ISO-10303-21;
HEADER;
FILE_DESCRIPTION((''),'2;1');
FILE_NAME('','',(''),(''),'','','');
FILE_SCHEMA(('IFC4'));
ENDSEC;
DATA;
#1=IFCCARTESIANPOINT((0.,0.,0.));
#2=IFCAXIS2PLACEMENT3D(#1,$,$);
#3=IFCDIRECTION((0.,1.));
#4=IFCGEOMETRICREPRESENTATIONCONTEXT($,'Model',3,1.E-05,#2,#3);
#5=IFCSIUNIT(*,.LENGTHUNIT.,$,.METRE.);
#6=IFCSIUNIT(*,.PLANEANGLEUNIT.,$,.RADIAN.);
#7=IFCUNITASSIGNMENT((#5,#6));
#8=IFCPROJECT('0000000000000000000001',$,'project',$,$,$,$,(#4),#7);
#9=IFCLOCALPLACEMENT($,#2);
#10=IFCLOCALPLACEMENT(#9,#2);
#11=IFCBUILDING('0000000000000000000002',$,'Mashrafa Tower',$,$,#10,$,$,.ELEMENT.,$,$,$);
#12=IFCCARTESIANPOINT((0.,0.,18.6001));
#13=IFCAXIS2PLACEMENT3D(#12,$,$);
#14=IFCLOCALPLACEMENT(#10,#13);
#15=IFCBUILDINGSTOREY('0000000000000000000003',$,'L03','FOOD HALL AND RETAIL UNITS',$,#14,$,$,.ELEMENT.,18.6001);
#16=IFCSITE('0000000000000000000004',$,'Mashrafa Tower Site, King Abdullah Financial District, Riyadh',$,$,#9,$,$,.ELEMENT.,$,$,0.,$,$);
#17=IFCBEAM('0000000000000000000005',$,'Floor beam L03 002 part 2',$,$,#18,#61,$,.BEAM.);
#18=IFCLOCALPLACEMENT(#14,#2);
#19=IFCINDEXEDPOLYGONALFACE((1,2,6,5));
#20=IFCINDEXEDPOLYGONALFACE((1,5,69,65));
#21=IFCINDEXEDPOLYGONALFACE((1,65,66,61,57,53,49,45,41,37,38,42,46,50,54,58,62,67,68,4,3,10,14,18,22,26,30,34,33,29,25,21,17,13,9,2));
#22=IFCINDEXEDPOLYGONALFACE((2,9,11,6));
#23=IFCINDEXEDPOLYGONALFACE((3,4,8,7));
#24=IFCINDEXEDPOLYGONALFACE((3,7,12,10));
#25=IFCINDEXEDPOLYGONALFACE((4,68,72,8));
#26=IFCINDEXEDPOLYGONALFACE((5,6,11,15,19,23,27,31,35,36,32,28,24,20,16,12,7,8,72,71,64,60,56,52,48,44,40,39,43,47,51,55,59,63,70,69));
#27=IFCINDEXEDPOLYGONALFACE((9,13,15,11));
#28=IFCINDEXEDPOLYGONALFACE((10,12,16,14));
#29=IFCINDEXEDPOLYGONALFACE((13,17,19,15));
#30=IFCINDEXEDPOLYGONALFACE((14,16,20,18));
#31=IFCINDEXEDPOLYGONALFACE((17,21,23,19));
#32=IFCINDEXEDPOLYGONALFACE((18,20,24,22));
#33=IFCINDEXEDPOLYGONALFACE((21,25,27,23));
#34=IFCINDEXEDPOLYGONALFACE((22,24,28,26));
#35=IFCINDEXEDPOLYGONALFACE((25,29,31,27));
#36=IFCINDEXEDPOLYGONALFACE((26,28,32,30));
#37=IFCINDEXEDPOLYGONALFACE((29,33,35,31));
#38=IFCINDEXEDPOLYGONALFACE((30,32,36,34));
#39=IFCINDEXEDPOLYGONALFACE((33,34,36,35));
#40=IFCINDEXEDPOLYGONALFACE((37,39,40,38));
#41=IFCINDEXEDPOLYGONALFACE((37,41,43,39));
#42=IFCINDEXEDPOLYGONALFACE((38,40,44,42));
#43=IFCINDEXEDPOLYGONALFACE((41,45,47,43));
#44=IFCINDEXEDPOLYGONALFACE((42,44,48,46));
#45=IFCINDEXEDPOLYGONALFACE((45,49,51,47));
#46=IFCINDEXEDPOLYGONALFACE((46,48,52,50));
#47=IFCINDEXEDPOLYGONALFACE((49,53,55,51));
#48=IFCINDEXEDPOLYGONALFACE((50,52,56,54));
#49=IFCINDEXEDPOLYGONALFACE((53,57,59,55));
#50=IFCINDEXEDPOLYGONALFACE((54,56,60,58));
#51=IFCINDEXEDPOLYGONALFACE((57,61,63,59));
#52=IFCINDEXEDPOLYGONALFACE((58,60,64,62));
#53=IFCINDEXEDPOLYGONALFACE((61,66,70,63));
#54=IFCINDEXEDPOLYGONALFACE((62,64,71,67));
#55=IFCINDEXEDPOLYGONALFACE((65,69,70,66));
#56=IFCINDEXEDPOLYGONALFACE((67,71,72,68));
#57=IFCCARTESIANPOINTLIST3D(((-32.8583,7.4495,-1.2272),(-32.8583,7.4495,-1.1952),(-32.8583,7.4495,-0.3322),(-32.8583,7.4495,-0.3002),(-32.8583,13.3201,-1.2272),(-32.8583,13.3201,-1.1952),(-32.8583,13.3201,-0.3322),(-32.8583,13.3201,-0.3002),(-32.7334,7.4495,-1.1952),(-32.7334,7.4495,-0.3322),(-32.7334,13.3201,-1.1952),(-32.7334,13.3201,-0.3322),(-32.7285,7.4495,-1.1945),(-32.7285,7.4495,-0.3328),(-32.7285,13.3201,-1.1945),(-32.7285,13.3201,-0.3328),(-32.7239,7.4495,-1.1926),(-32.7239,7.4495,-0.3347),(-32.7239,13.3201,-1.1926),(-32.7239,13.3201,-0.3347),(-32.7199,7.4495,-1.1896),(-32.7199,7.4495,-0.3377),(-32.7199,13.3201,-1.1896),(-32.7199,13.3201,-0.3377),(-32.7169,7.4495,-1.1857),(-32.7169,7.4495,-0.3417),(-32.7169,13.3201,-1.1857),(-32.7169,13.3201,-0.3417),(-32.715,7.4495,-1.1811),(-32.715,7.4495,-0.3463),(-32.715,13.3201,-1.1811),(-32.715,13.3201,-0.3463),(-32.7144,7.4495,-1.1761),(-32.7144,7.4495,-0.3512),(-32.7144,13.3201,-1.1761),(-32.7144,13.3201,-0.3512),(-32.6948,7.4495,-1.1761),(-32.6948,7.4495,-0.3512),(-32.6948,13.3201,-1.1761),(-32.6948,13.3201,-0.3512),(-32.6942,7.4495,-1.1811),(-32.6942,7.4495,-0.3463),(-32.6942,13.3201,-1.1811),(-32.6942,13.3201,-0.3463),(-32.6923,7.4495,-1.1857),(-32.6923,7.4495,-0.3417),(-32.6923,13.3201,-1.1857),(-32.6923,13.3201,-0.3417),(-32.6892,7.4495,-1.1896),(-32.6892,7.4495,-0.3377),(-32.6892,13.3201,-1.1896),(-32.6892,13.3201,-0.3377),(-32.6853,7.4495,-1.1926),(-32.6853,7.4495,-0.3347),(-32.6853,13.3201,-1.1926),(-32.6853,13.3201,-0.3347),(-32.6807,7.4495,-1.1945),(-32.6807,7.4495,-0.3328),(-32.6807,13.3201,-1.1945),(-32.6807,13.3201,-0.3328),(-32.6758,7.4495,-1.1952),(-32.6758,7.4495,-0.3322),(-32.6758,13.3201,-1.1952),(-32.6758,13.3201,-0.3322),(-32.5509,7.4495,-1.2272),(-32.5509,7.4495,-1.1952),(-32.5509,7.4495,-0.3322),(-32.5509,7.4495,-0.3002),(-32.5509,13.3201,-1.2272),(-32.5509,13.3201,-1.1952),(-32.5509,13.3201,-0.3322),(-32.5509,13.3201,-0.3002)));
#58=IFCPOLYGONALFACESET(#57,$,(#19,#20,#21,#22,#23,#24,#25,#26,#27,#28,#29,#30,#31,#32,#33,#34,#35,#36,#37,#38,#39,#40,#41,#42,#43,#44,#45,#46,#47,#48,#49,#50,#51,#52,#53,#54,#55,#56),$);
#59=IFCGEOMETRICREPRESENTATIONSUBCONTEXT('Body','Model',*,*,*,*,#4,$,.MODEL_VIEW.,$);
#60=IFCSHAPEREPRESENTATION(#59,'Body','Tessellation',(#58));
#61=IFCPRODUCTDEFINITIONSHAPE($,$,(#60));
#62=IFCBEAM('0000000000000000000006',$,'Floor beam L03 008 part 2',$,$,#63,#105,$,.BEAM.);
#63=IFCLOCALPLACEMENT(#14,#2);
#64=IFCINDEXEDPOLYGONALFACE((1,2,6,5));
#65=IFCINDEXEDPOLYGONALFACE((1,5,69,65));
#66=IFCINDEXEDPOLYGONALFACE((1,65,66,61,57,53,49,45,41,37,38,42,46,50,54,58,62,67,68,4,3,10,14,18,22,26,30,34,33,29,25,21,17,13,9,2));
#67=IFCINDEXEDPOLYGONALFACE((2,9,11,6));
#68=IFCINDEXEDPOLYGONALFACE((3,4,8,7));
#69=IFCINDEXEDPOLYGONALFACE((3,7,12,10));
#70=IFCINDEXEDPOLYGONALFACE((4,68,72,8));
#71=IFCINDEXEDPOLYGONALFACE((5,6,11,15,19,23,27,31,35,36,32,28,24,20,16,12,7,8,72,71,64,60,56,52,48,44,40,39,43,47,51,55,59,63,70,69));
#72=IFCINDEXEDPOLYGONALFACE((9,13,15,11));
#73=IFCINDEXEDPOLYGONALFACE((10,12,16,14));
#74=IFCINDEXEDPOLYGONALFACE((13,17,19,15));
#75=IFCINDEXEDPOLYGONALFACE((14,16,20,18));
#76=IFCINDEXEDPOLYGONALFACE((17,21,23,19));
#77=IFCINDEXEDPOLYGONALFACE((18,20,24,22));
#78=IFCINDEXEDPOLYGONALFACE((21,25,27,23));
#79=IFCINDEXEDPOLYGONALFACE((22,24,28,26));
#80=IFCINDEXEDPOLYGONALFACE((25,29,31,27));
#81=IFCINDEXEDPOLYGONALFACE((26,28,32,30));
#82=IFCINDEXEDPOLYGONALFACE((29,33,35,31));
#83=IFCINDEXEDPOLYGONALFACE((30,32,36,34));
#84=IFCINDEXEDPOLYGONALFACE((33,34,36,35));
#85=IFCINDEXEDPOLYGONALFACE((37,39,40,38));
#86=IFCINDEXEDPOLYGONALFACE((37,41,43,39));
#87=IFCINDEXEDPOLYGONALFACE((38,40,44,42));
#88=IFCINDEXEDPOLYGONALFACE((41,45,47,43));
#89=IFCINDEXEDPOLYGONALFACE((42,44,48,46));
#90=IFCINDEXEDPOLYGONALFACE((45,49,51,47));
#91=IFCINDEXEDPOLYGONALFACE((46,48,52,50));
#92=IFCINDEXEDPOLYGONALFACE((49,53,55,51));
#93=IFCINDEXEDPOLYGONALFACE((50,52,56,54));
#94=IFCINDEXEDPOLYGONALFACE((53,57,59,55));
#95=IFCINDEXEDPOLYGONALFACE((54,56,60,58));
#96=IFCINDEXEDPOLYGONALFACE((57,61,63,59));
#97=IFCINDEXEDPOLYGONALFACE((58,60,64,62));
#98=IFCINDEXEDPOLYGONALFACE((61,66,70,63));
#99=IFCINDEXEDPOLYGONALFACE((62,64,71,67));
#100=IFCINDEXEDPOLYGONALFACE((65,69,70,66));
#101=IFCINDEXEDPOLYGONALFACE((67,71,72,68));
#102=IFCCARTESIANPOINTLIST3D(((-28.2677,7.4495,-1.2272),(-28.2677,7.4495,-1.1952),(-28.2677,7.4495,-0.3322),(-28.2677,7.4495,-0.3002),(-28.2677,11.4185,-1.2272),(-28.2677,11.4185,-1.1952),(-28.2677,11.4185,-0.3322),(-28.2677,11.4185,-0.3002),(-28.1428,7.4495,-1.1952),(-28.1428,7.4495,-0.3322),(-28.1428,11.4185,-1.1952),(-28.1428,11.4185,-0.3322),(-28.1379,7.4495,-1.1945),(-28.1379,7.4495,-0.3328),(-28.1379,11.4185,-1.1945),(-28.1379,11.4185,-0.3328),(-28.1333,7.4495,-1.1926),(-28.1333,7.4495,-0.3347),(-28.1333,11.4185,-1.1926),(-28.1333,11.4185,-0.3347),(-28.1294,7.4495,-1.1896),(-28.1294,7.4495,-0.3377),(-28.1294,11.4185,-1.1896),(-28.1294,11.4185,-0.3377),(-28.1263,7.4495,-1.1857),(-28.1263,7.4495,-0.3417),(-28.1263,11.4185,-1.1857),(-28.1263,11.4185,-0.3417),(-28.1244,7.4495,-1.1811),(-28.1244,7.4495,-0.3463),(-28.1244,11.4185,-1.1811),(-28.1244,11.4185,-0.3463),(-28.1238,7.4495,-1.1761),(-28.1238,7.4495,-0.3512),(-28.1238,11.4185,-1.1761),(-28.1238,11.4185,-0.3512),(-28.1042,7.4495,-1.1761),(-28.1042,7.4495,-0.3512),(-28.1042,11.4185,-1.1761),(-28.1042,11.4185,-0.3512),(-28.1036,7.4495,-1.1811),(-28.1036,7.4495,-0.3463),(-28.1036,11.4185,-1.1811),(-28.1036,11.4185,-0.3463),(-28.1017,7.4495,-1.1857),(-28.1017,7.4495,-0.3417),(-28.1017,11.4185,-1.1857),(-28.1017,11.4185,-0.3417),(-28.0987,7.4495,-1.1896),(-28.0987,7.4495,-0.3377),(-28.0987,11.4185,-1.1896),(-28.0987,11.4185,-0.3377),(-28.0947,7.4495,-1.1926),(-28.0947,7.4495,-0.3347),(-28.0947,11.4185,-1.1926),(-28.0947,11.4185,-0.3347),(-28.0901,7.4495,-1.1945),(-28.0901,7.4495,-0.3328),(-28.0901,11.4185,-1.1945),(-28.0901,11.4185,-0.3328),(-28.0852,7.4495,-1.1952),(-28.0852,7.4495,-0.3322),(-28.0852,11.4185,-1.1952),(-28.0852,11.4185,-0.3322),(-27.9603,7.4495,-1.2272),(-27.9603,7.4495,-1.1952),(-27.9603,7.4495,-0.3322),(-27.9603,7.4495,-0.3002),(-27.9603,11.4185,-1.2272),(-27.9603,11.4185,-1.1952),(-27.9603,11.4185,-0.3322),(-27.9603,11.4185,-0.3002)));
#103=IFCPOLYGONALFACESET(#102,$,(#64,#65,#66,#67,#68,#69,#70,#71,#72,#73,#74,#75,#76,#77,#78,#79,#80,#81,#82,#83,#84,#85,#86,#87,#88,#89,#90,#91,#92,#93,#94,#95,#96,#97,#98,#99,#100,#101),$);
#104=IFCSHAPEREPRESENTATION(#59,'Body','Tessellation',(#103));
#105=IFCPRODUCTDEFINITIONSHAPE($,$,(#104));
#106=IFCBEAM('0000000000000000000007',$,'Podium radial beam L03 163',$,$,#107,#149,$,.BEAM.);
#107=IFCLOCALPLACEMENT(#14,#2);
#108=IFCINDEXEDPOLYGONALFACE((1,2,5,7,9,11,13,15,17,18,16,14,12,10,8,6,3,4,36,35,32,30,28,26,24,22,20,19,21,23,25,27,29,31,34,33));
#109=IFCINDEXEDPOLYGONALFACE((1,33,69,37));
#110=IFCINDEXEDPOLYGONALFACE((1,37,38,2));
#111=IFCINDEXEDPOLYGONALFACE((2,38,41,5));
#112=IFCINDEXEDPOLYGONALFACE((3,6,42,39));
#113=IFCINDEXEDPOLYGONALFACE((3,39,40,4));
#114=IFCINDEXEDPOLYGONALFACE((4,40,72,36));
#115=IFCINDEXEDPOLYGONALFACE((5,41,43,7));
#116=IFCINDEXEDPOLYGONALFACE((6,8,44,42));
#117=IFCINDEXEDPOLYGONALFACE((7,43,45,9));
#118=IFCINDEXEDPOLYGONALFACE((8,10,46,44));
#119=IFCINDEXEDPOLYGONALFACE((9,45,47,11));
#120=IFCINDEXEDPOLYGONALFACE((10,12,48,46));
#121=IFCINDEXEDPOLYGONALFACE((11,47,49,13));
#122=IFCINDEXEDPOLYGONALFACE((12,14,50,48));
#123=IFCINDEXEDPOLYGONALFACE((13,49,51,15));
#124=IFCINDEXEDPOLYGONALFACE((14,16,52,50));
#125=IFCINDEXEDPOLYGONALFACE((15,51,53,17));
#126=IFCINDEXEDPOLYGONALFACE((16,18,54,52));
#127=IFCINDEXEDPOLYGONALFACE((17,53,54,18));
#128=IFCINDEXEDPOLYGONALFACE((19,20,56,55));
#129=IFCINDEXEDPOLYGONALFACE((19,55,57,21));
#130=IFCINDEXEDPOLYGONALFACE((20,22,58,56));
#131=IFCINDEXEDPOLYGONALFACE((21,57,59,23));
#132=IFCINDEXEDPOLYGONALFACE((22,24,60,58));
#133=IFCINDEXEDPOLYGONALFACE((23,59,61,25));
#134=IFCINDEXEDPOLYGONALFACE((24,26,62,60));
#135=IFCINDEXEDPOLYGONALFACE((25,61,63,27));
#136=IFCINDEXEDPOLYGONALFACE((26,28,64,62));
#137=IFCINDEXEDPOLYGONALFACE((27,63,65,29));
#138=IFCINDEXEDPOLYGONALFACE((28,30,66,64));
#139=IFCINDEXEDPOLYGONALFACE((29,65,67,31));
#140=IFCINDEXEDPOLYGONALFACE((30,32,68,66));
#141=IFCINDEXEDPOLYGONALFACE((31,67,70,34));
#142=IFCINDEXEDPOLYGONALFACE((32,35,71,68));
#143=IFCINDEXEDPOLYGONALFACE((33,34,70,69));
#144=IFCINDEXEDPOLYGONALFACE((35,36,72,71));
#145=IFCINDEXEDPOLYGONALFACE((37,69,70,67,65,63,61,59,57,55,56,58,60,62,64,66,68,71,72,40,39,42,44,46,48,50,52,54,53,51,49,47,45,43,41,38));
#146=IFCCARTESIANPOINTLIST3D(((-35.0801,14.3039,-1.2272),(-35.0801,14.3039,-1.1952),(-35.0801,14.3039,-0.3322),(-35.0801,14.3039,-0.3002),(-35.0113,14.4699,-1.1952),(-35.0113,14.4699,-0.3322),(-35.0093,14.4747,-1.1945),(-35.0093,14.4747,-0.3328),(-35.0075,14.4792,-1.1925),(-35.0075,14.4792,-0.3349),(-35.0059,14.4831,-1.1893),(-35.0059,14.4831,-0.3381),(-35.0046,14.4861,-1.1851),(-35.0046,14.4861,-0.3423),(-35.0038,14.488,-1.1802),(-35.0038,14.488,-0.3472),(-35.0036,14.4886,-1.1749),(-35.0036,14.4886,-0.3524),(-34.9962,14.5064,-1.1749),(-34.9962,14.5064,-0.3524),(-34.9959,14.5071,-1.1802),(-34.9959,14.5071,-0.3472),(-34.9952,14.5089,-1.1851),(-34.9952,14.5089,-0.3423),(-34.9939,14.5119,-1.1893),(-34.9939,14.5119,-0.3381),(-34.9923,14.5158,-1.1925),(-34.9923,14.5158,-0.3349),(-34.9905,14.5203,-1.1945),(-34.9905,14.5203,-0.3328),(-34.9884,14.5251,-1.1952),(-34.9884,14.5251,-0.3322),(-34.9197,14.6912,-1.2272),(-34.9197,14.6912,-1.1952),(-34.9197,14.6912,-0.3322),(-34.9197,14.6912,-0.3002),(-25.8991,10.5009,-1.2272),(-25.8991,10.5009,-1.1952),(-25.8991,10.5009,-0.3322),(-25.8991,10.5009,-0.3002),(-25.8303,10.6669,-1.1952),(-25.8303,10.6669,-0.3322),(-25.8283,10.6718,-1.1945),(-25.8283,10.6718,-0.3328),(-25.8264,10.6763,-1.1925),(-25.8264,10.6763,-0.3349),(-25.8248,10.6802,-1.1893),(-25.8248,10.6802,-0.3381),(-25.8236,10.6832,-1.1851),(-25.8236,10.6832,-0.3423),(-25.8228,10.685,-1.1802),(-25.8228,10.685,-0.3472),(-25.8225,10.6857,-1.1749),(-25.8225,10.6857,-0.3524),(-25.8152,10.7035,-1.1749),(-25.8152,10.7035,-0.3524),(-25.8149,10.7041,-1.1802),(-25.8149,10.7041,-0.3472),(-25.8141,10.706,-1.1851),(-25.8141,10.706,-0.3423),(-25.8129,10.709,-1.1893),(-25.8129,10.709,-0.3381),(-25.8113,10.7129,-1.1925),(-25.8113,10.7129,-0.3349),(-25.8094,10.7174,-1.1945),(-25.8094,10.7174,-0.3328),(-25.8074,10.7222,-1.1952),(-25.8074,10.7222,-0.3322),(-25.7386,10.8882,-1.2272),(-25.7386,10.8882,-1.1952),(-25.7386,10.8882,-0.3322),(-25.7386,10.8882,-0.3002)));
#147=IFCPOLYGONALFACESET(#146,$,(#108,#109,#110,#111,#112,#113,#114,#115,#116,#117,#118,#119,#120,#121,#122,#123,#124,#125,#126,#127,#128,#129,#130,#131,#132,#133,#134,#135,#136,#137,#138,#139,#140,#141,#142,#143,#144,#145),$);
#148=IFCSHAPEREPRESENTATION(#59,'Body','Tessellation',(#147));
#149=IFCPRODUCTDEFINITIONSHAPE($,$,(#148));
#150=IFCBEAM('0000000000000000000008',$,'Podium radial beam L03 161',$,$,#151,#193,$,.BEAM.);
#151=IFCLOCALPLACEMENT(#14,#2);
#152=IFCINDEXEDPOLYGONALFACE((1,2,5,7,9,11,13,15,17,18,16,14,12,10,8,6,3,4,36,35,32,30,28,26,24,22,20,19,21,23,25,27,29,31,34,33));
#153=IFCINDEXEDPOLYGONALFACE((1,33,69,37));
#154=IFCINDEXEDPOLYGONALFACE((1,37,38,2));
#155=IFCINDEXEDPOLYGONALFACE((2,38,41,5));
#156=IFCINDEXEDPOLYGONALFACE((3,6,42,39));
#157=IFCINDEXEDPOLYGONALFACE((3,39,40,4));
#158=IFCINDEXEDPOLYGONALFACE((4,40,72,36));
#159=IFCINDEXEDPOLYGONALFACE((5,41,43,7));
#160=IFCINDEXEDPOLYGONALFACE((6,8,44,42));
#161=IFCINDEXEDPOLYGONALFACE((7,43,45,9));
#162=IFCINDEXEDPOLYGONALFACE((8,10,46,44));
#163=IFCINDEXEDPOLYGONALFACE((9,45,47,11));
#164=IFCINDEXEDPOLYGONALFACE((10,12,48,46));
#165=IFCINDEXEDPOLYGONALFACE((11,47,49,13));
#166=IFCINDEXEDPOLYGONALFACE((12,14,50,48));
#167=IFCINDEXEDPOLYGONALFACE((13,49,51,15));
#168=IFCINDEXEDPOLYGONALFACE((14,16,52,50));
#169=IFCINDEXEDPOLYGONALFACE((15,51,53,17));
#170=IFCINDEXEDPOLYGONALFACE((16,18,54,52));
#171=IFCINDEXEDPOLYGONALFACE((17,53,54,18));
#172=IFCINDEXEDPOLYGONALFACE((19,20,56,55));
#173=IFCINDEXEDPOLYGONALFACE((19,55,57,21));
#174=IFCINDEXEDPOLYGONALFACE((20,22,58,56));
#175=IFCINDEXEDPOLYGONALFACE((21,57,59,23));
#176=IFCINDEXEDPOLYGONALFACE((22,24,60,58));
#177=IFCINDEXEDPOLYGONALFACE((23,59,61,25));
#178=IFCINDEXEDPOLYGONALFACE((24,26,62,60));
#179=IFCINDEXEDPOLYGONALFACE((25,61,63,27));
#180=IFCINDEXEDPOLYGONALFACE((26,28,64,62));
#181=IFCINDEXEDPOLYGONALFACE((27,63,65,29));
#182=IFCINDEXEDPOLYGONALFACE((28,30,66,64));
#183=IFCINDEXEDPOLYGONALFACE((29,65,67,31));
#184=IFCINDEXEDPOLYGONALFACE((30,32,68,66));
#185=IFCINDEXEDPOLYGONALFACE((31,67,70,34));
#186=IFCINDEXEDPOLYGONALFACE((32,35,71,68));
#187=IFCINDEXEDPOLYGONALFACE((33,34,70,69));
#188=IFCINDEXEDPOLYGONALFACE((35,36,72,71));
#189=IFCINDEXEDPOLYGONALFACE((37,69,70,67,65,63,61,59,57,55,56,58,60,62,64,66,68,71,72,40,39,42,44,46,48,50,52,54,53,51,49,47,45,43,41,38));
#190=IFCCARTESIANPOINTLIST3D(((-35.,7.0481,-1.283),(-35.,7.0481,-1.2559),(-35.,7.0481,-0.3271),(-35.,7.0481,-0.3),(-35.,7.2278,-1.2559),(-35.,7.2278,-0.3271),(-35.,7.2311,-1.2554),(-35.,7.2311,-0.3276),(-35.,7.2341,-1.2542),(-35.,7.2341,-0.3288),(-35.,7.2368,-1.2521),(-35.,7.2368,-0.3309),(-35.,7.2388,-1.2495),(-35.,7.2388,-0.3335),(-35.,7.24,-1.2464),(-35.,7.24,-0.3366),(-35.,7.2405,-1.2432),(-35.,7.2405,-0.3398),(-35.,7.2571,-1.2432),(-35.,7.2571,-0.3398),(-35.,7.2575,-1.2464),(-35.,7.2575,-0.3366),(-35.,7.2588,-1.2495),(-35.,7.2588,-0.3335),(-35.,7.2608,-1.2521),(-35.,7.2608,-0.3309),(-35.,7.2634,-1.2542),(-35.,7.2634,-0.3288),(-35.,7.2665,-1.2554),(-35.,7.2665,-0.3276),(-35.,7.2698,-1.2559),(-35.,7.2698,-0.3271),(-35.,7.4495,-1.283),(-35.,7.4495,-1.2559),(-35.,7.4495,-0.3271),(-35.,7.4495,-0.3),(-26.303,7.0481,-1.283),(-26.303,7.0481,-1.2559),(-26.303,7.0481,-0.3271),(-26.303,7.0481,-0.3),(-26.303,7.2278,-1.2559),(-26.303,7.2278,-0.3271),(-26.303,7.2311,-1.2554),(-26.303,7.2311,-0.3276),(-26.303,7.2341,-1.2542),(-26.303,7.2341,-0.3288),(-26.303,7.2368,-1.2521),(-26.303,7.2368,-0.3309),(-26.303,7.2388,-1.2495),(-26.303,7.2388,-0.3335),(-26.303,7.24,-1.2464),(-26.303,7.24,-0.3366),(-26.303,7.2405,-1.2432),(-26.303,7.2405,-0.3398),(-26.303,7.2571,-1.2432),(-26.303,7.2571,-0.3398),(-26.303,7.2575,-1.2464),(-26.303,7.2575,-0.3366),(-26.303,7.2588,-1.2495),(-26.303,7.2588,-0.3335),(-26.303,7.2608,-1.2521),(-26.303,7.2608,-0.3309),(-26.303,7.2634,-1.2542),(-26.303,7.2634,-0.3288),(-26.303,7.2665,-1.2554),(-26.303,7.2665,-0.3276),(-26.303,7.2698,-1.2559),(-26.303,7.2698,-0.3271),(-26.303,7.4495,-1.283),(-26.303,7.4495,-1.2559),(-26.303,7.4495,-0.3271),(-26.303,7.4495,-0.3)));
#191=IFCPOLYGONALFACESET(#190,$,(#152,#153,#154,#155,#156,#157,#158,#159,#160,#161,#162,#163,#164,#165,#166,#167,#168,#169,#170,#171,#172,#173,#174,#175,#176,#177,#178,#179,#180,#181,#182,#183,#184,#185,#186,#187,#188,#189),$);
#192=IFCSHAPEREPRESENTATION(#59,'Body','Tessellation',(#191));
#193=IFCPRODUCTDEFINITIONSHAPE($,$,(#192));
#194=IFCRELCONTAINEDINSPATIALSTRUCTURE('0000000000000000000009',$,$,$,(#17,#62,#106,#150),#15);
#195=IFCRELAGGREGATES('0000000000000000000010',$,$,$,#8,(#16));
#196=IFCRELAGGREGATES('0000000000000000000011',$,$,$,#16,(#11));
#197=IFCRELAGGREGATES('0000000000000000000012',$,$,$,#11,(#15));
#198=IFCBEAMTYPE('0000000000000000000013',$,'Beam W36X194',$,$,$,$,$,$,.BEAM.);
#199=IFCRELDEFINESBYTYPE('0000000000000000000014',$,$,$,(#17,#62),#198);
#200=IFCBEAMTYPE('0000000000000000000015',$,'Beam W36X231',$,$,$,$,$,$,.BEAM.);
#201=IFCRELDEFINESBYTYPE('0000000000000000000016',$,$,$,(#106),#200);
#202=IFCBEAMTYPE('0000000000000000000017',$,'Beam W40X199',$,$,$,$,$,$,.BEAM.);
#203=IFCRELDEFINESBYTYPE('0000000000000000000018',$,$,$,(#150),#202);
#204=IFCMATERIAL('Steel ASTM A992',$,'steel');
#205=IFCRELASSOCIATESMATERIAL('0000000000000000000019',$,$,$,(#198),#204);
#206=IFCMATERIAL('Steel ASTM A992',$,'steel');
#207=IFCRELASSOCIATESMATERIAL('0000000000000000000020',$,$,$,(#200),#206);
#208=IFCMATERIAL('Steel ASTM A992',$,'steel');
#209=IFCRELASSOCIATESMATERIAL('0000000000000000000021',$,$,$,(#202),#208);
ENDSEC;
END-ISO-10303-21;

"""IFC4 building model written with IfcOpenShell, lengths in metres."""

from ifc_helpers import new_model, si_unit, direction, frame, origin, origin_2d, place, context, subcontext, project, spatial, i_section, extrude, material, material_profile, profile_set, type_object, element, save


model = new_model("IFC4")

# Units and contexts
model_context = context("Model", 3, precision=1e-05, world=origin(), true_north=direction((0.0, 1.0)))
body_context = subcontext(model_context, "Body", "Model", "MODEL_VIEW")
ifc_project = project(units=[si_unit("LENGTHUNIT", "METRE"), si_unit("PLANEANGLEUNIT", "RADIAN")], contexts=[model_context])

# Site, building, storey
site_placement = place(None, origin())
site = spatial("IfcSite", under=ifc_project, at=site_placement, Name="Mashrafa Tower Site, King Abdullah Financial District, Riyadh", CompositionType="ELEMENT", RefElevation=0.0)
building_placement = place(site_placement, origin())
building = spatial("IfcBuilding", under=site, at=building_placement, Name="Mashrafa Tower", CompositionType="ELEMENT")
storey_placement = place(building_placement, frame((0.0, 0.0, 18.6001)))
storey = spatial("IfcBuildingStorey", under=building, at=storey_placement, Name="L03", Description="FOOD HALL AND RETAIL UNITS", CompositionType="ELEMENT", Elevation=18.6001)

# Beams
ifc_material_1 = material(Name="Steel ASTM A992", Category="steel")
ifc_material_profile_1 = material_profile(ifc_material_1, i_section(OverallWidth=0.3074, OverallDepth=0.927, WebThickness=0.0195, FlangeThickness=0.032, FilletRadius=0.019, at=origin_2d()), Name="W36X194")
ifc_profile_set_1 = profile_set([ifc_material_profile_1], Name="Steel ASTM A992")
beam_type_1 = type_object("IfcBeamType", Name="Beam W36X194", PredefinedType="BEAM", material=ifc_profile_set_1)
beam_1_placement = place(storey_placement, frame((-32.7046, 7.4495, -0.7637), z_axis=(0.0, 1.0, 0.0), x_axis=(-1.0, 0.0, 0.0)))
element("IfcBeam", 1, at=beam_1_placement, inside=storey, type_object=beam_type_1, Name="Floor beam L03 002 part 2", PredefinedType="BEAM", context=body_context, shape_type="SweptSolid", body=[
    extrude(i_section(OverallWidth=0.3074, OverallDepth=0.927, WebThickness=0.0195, FlangeThickness=0.032, FilletRadius=0.019, at=origin_2d()), origin(), (0.0, 0.0, 1.0), 5.8706),
])
beam_2_placement = place(storey_placement, frame((-28.114, 7.4495, -0.7637), z_axis=(0.0, 1.0, 0.0), x_axis=(-1.0, 0.0, 0.0)))
element("IfcBeam", 2, at=beam_2_placement, inside=storey, type_object=beam_type_1, Name="Floor beam L03 008 part 2", PredefinedType="BEAM", context=body_context, shape_type="SweptSolid", body=[
    extrude(i_section(OverallWidth=0.3074, OverallDepth=0.927, WebThickness=0.0195, FlangeThickness=0.032, FilletRadius=0.019, at=origin_2d()), origin(), (0.0, 0.0, 1.0), 3.969),
])
ifc_material_2 = material(Name="Steel ASTM A992", Category="steel")
ifc_material_profile_2 = material_profile(ifc_material_2, i_section(OverallWidth=0.4192, OverallDepth=0.927, WebThickness=0.0193, FlangeThickness=0.032, FilletRadius=0.0203, at=origin_2d()), Name="W36X231")
ifc_profile_set_2 = profile_set([ifc_material_profile_2], Name="Steel ASTM A992")
beam_type_2 = type_object("IfcBeamType", Name="Beam W36X231", PredefinedType="BEAM", material=ifc_profile_set_2)
beam_3_placement = place(storey_placement, frame((-25.8188, 10.6946, -0.7637), z_axis=(-0.923879, 0.382685, 0.0), x_axis=(-0.382685, -0.923879, 0.0)))
element("IfcBeam", 3, at=beam_3_placement, inside=storey, type_object=beam_type_2, Name="Podium radial beam L03 163", PredefinedType="BEAM", context=body_context, shape_type="SweptSolid", body=[
    extrude(i_section(OverallWidth=0.4192, OverallDepth=0.927, WebThickness=0.0193, FlangeThickness=0.032, FilletRadius=0.0203, at=origin_2d()), origin(), (0.0, 0.0, 1.0), 9.9375),
])
ifc_material_3 = material(Name="Steel ASTM A992", Category="steel")
ifc_material_profile_3 = material_profile(ifc_material_3, i_section(OverallWidth=0.4014, OverallDepth=0.9829, WebThickness=0.0166, FlangeThickness=0.0271, FilletRadius=0.0127, at=origin_2d()), Name="W40X199")
ifc_profile_set_3 = profile_set([ifc_material_profile_3], Name="Steel ASTM A992")
beam_type_3 = type_object("IfcBeamType", Name="Beam W40X199", PredefinedType="BEAM", material=ifc_profile_set_3)
beam_4_placement = place(storey_placement, frame((-26.303, 7.2488, -0.7915), z_axis=(-1.0, 0.0, 0.0), x_axis=(0.0, -1.0, 0.0)))
element("IfcBeam", 4, at=beam_4_placement, inside=storey, type_object=beam_type_3, Name="Podium radial beam L03 161", PredefinedType="BEAM", context=body_context, shape_type="SweptSolid", body=[
    extrude(i_section(OverallWidth=0.4014, OverallDepth=0.9829, WebThickness=0.0166, FlangeThickness=0.0271, FilletRadius=0.0127, at=origin_2d()), origin(), (0.0, 0.0, 1.0), 8.697),
])

save(model, "model.ifc")
